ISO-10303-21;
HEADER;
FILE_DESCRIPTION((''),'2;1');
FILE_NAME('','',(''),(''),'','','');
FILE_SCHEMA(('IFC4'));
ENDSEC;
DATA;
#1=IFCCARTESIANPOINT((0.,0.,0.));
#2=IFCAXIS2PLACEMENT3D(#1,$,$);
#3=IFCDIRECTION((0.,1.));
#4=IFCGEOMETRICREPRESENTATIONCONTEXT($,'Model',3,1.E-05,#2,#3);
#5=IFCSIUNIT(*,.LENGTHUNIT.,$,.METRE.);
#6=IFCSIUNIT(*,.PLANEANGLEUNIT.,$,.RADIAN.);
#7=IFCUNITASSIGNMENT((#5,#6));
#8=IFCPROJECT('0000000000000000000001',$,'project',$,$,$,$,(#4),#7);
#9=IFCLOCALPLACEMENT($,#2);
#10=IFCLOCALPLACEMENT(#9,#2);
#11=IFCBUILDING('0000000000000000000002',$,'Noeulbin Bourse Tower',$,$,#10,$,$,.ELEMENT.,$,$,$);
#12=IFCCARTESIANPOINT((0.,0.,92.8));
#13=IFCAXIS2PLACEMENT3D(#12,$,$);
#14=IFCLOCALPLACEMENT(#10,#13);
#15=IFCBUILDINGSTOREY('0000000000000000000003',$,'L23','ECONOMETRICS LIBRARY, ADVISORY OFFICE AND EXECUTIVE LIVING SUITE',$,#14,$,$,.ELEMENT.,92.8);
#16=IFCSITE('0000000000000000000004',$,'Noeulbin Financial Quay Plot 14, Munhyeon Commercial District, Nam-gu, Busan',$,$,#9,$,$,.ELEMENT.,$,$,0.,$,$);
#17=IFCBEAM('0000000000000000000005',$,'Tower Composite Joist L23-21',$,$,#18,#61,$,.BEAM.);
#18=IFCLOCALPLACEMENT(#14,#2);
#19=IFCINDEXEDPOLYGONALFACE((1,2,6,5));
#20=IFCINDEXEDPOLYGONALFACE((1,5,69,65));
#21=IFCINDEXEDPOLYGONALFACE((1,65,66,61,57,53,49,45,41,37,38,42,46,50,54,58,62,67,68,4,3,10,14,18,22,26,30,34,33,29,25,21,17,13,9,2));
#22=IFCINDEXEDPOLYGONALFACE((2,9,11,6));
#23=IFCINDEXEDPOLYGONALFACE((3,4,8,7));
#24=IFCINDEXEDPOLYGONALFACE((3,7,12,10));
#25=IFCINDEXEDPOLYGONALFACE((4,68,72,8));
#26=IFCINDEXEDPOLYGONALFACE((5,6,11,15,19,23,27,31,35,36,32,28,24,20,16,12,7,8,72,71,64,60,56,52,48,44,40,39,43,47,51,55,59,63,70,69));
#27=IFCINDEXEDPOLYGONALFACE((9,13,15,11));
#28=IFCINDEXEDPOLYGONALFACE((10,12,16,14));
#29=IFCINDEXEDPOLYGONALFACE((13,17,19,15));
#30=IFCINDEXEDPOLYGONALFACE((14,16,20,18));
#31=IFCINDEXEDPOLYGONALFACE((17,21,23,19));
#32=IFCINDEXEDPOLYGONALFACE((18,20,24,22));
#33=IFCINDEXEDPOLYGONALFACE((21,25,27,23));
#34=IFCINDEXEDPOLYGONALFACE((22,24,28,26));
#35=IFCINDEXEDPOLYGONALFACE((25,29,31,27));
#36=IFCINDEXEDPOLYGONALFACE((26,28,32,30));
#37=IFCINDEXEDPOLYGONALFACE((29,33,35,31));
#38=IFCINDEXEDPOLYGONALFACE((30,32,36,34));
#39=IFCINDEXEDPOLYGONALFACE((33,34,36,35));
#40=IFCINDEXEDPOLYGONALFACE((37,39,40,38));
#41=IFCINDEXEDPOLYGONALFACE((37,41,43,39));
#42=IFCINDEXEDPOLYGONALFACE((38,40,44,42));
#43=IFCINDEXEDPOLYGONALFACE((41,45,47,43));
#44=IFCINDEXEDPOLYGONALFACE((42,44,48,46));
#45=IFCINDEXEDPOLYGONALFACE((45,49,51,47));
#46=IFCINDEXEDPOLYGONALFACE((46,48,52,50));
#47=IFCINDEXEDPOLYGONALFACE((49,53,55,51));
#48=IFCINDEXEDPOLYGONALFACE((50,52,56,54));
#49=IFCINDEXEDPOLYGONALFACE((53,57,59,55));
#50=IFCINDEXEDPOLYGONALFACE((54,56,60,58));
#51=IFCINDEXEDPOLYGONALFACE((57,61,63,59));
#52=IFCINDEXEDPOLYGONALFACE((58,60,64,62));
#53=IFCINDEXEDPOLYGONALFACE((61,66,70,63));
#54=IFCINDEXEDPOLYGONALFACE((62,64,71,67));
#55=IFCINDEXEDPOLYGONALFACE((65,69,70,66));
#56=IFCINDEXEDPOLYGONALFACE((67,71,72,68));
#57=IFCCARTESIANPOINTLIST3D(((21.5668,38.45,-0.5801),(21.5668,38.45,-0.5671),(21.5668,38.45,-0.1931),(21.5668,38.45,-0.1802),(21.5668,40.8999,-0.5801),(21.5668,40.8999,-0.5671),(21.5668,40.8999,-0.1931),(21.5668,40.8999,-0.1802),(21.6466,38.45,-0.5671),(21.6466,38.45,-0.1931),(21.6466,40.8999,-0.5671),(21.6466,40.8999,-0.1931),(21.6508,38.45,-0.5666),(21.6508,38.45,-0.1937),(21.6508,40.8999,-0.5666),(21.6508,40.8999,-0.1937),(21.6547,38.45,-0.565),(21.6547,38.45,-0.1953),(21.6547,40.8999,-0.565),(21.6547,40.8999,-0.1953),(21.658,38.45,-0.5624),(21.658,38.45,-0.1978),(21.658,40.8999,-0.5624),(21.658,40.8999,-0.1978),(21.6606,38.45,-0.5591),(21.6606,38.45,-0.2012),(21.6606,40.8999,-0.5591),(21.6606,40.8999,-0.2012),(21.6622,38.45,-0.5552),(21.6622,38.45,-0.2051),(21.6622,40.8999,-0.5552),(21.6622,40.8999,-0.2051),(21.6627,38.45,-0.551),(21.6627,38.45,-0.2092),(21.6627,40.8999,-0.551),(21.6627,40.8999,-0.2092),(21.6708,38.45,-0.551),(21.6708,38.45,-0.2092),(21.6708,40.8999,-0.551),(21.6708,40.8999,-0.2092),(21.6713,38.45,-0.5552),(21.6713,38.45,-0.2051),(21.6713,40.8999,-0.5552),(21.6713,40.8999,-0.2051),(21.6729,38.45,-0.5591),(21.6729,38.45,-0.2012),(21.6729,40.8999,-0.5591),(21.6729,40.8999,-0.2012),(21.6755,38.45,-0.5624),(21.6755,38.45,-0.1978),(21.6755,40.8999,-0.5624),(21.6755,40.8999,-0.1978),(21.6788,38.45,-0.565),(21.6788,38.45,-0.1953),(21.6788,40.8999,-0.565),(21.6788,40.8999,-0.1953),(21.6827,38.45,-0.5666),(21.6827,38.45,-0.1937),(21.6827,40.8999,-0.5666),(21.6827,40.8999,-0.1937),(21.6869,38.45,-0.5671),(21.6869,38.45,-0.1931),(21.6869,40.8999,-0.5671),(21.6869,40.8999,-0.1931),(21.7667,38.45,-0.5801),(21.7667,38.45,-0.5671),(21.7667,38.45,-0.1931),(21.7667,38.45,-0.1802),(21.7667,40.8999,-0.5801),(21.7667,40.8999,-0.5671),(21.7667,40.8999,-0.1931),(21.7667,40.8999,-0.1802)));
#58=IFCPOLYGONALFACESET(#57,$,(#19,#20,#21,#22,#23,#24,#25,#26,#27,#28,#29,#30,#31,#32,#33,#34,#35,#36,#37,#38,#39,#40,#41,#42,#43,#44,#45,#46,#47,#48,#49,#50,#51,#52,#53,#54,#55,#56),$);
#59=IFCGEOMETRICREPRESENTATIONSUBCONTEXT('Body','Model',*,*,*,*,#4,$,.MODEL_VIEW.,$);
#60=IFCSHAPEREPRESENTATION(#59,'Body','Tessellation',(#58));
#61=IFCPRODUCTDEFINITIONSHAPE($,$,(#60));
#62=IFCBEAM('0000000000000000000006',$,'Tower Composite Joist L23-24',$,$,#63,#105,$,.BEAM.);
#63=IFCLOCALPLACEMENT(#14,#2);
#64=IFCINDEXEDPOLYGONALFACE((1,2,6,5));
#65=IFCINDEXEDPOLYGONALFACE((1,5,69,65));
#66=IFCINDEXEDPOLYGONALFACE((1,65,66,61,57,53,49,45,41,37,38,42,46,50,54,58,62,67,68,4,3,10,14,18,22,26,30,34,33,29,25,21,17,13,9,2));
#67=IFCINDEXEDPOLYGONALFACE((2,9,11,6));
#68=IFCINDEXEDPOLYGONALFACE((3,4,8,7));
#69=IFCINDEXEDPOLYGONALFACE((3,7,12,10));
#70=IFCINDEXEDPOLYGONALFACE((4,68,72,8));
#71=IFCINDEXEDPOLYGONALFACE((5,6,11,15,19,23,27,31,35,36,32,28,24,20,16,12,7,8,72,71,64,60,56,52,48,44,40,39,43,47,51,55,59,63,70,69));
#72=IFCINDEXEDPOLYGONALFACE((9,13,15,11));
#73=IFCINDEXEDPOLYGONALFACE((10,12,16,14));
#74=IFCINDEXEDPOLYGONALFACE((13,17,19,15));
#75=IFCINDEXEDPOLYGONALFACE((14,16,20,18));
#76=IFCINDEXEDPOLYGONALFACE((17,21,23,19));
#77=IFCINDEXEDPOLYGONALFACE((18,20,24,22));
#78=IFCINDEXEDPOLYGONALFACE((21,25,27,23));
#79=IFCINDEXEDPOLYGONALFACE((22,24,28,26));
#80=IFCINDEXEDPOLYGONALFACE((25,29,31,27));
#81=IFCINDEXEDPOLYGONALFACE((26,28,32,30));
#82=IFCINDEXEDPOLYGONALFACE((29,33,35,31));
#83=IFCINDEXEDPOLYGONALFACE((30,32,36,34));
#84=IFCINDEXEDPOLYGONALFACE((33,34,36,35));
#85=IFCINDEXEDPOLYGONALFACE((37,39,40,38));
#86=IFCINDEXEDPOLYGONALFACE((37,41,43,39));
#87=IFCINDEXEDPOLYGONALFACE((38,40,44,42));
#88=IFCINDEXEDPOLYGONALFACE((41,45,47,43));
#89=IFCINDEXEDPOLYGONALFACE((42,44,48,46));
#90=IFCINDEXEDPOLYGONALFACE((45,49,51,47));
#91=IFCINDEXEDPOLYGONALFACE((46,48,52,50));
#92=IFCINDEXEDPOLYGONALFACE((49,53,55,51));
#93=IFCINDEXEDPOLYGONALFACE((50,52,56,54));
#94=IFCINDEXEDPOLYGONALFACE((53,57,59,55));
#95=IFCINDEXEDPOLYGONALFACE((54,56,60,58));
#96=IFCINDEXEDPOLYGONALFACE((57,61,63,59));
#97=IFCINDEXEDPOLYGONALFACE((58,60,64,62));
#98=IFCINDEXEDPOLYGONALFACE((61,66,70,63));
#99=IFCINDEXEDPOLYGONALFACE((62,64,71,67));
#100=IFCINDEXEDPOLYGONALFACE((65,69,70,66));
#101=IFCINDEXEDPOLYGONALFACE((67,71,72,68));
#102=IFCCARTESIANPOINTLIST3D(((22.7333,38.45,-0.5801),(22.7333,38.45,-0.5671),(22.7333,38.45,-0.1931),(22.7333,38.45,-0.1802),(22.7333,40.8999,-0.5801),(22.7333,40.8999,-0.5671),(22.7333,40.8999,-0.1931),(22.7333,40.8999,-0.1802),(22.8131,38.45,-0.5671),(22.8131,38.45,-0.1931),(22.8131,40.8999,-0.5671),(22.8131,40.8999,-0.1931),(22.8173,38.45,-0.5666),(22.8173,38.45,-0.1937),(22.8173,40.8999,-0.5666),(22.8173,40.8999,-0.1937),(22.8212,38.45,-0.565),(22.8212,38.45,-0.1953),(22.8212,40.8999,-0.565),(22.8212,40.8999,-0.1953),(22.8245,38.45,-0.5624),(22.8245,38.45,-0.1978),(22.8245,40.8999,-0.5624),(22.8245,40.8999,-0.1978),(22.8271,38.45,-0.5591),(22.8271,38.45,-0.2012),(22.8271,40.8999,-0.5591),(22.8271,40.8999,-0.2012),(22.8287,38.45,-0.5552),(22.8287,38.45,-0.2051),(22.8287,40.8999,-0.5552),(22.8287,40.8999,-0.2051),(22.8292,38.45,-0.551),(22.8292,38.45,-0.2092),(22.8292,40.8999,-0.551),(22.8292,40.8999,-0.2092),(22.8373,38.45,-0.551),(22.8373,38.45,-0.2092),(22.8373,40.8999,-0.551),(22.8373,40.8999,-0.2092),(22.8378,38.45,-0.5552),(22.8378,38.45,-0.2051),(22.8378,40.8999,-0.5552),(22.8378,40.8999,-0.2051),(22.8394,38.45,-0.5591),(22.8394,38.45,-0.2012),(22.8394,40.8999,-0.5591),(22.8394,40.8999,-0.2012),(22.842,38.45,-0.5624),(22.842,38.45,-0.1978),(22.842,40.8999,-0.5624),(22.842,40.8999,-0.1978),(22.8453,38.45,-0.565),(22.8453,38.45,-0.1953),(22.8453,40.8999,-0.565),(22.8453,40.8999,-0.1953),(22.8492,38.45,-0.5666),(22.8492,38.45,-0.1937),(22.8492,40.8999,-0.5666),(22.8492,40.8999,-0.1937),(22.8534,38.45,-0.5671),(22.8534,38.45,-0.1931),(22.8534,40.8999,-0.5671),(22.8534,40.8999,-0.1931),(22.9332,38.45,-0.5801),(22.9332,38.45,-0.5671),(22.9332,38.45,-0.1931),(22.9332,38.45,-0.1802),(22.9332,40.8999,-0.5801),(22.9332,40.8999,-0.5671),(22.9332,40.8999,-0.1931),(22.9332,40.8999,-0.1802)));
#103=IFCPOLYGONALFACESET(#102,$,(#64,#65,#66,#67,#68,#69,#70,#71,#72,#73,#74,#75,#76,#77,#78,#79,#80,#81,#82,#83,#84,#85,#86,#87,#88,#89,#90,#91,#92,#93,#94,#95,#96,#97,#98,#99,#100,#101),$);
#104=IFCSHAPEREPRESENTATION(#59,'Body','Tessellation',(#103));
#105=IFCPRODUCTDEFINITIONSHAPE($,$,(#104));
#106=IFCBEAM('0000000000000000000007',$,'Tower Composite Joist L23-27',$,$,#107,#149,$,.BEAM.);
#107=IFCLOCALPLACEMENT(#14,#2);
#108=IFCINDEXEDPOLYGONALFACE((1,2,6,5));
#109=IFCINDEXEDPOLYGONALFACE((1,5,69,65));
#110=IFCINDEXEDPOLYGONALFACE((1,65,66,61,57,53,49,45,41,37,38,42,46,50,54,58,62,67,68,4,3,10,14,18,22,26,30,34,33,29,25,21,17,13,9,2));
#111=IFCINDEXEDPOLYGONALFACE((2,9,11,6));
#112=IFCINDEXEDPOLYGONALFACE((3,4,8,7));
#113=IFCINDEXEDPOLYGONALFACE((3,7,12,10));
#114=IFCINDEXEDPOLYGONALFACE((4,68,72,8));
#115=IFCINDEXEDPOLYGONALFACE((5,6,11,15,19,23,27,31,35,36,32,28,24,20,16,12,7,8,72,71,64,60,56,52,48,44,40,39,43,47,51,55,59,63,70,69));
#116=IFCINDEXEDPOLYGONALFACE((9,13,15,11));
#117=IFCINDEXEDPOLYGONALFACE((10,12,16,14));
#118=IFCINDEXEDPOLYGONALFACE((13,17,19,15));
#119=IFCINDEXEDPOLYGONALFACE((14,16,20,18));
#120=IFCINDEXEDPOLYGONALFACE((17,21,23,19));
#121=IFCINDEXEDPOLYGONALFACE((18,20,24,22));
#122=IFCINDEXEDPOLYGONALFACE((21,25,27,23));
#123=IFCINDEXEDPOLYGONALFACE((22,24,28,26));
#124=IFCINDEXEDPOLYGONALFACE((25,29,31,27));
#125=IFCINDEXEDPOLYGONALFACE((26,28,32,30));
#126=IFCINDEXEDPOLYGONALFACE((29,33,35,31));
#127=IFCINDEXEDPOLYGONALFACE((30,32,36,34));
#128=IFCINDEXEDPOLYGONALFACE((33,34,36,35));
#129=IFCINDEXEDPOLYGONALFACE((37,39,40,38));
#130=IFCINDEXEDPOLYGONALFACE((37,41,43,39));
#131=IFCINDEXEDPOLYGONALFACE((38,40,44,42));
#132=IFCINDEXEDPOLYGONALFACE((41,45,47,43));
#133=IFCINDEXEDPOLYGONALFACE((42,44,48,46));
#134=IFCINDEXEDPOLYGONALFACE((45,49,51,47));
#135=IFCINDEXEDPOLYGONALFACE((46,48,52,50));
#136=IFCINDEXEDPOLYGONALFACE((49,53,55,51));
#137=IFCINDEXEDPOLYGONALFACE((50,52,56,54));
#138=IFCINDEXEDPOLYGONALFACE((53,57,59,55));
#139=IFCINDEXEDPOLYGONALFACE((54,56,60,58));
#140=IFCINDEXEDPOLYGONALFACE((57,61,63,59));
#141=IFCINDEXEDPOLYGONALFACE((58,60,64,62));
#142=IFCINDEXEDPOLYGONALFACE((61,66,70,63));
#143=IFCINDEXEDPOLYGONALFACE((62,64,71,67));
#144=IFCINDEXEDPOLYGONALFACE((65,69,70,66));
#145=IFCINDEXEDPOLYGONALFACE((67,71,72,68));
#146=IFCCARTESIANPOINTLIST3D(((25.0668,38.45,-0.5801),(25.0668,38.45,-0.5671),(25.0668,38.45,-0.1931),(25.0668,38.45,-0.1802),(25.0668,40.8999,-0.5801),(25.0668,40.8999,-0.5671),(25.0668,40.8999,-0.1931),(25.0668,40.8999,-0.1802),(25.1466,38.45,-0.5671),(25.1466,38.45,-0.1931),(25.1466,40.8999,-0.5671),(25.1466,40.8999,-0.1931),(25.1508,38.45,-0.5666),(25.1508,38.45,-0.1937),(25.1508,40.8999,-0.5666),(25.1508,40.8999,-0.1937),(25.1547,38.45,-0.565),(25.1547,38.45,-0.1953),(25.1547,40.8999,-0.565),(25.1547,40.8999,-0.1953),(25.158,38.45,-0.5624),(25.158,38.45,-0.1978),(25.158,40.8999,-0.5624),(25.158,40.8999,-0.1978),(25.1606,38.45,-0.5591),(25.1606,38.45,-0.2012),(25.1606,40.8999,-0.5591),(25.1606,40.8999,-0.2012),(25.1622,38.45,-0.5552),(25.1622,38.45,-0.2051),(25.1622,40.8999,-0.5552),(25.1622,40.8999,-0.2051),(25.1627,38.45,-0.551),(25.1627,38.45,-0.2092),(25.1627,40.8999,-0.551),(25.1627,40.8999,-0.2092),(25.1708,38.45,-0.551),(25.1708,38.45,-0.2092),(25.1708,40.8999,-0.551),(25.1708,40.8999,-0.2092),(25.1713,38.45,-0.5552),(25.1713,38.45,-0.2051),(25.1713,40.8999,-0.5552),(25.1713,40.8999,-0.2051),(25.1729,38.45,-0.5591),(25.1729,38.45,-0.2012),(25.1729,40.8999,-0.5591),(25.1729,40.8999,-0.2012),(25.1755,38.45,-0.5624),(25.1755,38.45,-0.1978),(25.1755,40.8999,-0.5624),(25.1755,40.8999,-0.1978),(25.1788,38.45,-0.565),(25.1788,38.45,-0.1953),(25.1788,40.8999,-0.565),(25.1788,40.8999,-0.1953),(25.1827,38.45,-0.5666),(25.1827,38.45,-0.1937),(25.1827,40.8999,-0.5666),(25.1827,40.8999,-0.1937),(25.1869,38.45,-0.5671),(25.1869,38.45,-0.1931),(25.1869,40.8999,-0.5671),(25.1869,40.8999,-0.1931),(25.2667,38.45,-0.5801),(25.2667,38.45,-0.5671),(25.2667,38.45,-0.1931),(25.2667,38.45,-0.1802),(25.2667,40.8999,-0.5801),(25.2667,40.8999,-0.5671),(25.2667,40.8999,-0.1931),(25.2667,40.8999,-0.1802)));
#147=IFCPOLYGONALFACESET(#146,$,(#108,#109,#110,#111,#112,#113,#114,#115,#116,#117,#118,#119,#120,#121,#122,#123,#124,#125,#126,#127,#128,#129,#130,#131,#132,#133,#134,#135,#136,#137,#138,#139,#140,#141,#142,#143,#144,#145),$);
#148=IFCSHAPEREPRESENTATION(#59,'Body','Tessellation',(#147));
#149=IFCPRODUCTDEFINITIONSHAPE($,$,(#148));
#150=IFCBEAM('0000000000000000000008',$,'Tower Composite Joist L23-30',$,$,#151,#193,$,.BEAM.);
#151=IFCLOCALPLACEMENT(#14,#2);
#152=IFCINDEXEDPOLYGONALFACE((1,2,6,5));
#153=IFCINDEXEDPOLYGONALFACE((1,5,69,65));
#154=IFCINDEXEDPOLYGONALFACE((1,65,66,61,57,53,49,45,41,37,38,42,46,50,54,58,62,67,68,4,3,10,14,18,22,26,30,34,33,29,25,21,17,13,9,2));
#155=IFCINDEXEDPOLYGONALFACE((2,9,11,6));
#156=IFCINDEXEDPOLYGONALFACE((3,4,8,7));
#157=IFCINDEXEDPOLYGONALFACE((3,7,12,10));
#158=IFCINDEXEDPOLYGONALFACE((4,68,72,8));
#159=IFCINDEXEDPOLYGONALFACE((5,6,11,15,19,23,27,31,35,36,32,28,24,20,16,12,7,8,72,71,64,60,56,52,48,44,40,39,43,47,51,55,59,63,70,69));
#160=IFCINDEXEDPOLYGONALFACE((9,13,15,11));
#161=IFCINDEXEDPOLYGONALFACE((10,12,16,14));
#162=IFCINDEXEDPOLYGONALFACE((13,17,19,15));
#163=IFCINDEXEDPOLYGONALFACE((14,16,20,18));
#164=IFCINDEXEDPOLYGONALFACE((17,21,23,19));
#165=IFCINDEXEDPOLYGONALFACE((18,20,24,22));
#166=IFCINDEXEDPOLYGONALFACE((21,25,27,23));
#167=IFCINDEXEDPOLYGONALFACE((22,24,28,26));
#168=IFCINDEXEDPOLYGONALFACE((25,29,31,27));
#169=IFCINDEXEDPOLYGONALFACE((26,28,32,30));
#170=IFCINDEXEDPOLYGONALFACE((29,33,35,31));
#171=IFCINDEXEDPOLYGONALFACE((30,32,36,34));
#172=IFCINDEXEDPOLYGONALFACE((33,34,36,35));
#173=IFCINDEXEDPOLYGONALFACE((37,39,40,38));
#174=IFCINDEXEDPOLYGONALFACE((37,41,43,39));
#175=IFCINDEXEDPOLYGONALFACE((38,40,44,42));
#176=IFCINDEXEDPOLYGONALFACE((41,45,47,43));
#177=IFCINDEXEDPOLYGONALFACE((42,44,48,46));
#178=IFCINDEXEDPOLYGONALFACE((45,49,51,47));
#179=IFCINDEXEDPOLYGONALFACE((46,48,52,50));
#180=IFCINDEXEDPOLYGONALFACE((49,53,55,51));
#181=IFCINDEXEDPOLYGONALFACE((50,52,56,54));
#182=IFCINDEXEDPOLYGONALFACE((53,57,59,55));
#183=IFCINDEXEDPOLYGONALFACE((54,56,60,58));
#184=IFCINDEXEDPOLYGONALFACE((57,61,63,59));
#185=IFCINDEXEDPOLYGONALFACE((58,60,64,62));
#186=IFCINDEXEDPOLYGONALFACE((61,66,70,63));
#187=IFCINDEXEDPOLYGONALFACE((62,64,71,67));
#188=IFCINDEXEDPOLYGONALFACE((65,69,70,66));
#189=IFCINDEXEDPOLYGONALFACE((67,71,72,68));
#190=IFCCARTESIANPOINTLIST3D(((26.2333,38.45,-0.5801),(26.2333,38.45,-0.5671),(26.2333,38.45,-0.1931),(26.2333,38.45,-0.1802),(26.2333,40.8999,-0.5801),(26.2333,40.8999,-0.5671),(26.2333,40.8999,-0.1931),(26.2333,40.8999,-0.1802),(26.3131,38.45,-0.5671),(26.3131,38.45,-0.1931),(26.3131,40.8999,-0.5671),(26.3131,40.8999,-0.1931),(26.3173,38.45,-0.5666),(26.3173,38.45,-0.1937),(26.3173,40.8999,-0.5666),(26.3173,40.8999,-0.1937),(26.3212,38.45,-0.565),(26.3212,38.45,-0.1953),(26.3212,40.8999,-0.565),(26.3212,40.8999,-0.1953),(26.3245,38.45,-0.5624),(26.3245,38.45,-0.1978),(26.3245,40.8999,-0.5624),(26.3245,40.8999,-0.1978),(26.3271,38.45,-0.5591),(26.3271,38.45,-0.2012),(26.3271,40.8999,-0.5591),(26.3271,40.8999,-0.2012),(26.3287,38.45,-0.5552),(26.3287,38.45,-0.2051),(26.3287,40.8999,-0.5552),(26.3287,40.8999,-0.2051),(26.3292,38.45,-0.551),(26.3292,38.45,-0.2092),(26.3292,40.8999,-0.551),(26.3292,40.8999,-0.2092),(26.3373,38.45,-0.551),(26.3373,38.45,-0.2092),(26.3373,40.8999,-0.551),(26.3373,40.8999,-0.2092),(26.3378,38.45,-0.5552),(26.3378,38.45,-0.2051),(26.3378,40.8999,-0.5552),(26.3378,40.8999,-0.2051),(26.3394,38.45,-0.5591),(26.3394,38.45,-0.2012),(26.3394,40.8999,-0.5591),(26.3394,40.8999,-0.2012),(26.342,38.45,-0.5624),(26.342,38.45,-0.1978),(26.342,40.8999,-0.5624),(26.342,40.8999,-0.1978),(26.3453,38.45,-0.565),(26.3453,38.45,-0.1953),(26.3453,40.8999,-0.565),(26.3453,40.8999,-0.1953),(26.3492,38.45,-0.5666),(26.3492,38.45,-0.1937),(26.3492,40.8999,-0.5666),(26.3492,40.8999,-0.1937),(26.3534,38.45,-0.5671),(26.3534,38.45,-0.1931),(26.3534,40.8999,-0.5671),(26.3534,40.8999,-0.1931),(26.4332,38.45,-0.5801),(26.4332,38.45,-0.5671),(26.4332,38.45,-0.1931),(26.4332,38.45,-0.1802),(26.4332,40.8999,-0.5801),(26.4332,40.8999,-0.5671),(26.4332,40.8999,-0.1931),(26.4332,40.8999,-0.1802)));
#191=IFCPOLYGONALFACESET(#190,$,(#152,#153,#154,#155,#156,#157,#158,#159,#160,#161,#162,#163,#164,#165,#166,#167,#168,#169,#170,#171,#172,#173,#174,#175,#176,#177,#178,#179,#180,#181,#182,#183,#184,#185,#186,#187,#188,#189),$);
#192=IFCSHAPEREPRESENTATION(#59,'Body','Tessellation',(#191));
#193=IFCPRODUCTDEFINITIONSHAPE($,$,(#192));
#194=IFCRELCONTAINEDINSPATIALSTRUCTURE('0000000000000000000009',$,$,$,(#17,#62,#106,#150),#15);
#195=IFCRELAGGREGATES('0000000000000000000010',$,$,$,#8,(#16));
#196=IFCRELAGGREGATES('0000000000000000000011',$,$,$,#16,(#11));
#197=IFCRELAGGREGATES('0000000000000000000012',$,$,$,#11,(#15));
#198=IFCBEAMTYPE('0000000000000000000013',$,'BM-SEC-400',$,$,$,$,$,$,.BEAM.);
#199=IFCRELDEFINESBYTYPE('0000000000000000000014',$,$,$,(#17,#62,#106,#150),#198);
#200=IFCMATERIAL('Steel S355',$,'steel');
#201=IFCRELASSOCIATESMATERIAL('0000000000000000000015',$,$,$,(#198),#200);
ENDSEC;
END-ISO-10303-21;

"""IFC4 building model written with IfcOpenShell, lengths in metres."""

from ifc_helpers import new_model, si_unit, direction, frame, origin, origin_2d, place, context, subcontext, project, spatial, i_section, extrude, material, material_profile, profile_set, type_object, element, save


model = new_model("IFC4")

# Units and contexts
model_context = context("Model", 3, precision=1e-05, world=origin(), true_north=direction((0.0, 1.0)))
body_context = subcontext(model_context, "Body", "Model", "MODEL_VIEW")
ifc_project = project(units=[si_unit("LENGTHUNIT", "METRE"), si_unit("PLANEANGLEUNIT", "RADIAN")], contexts=[model_context])

# Site, building, storey
site_placement = place(None, origin())
site = spatial("IfcSite", under=ifc_project, at=site_placement, Name="Noeulbin Financial Quay Plot 14, Munhyeon Commercial District, Nam-gu, Busan", CompositionType="ELEMENT", RefElevation=0.0)
building_placement = place(site_placement, origin())
building = spatial("IfcBuilding", under=site, at=building_placement, Name="Noeulbin Bourse Tower", CompositionType="ELEMENT")
storey_placement = place(building_placement, frame((0.0, 0.0, 92.8)))
storey = spatial("IfcBuildingStorey", under=building, at=storey_placement, Name="L23", Description="ECONOMETRICS LIBRARY, ADVISORY OFFICE AND EXECUTIVE LIVING SUITE", CompositionType="ELEMENT", Elevation=92.8)

# Beams
ifc_material_1 = material(Name="Steel S355", Category="steel")
ifc_material_profile_1 = material_profile(ifc_material_1, i_section(OverallWidth=0.2, OverallDepth=0.3999, WebThickness=0.0081, FlangeThickness=0.0129, FilletRadius=0.0161, at=origin_2d()), Name="H-400x200x8x13", Category="LoadBearing")
ifc_profile_set_1 = profile_set([ifc_material_profile_1], Name="Steel S355")
beam_type_1 = type_object("IfcBeamType", Name="BM-SEC-400", PredefinedType="BEAM", material=ifc_profile_set_1)
for number, where, z_axis, x_axis, name in (
    (1, (21.6667, 38.45, -0.3801), (0.0, 1.0, 0.0), (-1.0, 0.0, 0.0), "Tower Composite Joist L23-21"),
    (2, (22.8333, 38.45, -0.3801), (0.0, 1.0, 0.0), (-1.0, 0.0, 0.0), "Tower Composite Joist L23-24"),
    (3, (25.1667, 38.45, -0.3801), (0.0, 1.0, 0.0), (-1.0, 0.0, 0.0), "Tower Composite Joist L23-27"),
    (4, (26.3333, 38.45, -0.3801), (0.0, 1.0, 0.0), (-1.0, 0.0, 0.0), "Tower Composite Joist L23-30"),
):
    element("IfcBeam", number, at=place(storey_placement, frame(where, z_axis=z_axis, x_axis=x_axis)), inside=storey, type_object=beam_type_1, Name=name, PredefinedType="BEAM", context=body_context, shape_type="SweptSolid", body=[
        extrude(i_section(OverallWidth=0.2, OverallDepth=0.3999, WebThickness=0.0081, FlangeThickness=0.0129, FilletRadius=0.0161, at=origin_2d()), origin(), (0.0, 0.0, 1.0), 2.45),
    ])

save(model, "model.ifc")
